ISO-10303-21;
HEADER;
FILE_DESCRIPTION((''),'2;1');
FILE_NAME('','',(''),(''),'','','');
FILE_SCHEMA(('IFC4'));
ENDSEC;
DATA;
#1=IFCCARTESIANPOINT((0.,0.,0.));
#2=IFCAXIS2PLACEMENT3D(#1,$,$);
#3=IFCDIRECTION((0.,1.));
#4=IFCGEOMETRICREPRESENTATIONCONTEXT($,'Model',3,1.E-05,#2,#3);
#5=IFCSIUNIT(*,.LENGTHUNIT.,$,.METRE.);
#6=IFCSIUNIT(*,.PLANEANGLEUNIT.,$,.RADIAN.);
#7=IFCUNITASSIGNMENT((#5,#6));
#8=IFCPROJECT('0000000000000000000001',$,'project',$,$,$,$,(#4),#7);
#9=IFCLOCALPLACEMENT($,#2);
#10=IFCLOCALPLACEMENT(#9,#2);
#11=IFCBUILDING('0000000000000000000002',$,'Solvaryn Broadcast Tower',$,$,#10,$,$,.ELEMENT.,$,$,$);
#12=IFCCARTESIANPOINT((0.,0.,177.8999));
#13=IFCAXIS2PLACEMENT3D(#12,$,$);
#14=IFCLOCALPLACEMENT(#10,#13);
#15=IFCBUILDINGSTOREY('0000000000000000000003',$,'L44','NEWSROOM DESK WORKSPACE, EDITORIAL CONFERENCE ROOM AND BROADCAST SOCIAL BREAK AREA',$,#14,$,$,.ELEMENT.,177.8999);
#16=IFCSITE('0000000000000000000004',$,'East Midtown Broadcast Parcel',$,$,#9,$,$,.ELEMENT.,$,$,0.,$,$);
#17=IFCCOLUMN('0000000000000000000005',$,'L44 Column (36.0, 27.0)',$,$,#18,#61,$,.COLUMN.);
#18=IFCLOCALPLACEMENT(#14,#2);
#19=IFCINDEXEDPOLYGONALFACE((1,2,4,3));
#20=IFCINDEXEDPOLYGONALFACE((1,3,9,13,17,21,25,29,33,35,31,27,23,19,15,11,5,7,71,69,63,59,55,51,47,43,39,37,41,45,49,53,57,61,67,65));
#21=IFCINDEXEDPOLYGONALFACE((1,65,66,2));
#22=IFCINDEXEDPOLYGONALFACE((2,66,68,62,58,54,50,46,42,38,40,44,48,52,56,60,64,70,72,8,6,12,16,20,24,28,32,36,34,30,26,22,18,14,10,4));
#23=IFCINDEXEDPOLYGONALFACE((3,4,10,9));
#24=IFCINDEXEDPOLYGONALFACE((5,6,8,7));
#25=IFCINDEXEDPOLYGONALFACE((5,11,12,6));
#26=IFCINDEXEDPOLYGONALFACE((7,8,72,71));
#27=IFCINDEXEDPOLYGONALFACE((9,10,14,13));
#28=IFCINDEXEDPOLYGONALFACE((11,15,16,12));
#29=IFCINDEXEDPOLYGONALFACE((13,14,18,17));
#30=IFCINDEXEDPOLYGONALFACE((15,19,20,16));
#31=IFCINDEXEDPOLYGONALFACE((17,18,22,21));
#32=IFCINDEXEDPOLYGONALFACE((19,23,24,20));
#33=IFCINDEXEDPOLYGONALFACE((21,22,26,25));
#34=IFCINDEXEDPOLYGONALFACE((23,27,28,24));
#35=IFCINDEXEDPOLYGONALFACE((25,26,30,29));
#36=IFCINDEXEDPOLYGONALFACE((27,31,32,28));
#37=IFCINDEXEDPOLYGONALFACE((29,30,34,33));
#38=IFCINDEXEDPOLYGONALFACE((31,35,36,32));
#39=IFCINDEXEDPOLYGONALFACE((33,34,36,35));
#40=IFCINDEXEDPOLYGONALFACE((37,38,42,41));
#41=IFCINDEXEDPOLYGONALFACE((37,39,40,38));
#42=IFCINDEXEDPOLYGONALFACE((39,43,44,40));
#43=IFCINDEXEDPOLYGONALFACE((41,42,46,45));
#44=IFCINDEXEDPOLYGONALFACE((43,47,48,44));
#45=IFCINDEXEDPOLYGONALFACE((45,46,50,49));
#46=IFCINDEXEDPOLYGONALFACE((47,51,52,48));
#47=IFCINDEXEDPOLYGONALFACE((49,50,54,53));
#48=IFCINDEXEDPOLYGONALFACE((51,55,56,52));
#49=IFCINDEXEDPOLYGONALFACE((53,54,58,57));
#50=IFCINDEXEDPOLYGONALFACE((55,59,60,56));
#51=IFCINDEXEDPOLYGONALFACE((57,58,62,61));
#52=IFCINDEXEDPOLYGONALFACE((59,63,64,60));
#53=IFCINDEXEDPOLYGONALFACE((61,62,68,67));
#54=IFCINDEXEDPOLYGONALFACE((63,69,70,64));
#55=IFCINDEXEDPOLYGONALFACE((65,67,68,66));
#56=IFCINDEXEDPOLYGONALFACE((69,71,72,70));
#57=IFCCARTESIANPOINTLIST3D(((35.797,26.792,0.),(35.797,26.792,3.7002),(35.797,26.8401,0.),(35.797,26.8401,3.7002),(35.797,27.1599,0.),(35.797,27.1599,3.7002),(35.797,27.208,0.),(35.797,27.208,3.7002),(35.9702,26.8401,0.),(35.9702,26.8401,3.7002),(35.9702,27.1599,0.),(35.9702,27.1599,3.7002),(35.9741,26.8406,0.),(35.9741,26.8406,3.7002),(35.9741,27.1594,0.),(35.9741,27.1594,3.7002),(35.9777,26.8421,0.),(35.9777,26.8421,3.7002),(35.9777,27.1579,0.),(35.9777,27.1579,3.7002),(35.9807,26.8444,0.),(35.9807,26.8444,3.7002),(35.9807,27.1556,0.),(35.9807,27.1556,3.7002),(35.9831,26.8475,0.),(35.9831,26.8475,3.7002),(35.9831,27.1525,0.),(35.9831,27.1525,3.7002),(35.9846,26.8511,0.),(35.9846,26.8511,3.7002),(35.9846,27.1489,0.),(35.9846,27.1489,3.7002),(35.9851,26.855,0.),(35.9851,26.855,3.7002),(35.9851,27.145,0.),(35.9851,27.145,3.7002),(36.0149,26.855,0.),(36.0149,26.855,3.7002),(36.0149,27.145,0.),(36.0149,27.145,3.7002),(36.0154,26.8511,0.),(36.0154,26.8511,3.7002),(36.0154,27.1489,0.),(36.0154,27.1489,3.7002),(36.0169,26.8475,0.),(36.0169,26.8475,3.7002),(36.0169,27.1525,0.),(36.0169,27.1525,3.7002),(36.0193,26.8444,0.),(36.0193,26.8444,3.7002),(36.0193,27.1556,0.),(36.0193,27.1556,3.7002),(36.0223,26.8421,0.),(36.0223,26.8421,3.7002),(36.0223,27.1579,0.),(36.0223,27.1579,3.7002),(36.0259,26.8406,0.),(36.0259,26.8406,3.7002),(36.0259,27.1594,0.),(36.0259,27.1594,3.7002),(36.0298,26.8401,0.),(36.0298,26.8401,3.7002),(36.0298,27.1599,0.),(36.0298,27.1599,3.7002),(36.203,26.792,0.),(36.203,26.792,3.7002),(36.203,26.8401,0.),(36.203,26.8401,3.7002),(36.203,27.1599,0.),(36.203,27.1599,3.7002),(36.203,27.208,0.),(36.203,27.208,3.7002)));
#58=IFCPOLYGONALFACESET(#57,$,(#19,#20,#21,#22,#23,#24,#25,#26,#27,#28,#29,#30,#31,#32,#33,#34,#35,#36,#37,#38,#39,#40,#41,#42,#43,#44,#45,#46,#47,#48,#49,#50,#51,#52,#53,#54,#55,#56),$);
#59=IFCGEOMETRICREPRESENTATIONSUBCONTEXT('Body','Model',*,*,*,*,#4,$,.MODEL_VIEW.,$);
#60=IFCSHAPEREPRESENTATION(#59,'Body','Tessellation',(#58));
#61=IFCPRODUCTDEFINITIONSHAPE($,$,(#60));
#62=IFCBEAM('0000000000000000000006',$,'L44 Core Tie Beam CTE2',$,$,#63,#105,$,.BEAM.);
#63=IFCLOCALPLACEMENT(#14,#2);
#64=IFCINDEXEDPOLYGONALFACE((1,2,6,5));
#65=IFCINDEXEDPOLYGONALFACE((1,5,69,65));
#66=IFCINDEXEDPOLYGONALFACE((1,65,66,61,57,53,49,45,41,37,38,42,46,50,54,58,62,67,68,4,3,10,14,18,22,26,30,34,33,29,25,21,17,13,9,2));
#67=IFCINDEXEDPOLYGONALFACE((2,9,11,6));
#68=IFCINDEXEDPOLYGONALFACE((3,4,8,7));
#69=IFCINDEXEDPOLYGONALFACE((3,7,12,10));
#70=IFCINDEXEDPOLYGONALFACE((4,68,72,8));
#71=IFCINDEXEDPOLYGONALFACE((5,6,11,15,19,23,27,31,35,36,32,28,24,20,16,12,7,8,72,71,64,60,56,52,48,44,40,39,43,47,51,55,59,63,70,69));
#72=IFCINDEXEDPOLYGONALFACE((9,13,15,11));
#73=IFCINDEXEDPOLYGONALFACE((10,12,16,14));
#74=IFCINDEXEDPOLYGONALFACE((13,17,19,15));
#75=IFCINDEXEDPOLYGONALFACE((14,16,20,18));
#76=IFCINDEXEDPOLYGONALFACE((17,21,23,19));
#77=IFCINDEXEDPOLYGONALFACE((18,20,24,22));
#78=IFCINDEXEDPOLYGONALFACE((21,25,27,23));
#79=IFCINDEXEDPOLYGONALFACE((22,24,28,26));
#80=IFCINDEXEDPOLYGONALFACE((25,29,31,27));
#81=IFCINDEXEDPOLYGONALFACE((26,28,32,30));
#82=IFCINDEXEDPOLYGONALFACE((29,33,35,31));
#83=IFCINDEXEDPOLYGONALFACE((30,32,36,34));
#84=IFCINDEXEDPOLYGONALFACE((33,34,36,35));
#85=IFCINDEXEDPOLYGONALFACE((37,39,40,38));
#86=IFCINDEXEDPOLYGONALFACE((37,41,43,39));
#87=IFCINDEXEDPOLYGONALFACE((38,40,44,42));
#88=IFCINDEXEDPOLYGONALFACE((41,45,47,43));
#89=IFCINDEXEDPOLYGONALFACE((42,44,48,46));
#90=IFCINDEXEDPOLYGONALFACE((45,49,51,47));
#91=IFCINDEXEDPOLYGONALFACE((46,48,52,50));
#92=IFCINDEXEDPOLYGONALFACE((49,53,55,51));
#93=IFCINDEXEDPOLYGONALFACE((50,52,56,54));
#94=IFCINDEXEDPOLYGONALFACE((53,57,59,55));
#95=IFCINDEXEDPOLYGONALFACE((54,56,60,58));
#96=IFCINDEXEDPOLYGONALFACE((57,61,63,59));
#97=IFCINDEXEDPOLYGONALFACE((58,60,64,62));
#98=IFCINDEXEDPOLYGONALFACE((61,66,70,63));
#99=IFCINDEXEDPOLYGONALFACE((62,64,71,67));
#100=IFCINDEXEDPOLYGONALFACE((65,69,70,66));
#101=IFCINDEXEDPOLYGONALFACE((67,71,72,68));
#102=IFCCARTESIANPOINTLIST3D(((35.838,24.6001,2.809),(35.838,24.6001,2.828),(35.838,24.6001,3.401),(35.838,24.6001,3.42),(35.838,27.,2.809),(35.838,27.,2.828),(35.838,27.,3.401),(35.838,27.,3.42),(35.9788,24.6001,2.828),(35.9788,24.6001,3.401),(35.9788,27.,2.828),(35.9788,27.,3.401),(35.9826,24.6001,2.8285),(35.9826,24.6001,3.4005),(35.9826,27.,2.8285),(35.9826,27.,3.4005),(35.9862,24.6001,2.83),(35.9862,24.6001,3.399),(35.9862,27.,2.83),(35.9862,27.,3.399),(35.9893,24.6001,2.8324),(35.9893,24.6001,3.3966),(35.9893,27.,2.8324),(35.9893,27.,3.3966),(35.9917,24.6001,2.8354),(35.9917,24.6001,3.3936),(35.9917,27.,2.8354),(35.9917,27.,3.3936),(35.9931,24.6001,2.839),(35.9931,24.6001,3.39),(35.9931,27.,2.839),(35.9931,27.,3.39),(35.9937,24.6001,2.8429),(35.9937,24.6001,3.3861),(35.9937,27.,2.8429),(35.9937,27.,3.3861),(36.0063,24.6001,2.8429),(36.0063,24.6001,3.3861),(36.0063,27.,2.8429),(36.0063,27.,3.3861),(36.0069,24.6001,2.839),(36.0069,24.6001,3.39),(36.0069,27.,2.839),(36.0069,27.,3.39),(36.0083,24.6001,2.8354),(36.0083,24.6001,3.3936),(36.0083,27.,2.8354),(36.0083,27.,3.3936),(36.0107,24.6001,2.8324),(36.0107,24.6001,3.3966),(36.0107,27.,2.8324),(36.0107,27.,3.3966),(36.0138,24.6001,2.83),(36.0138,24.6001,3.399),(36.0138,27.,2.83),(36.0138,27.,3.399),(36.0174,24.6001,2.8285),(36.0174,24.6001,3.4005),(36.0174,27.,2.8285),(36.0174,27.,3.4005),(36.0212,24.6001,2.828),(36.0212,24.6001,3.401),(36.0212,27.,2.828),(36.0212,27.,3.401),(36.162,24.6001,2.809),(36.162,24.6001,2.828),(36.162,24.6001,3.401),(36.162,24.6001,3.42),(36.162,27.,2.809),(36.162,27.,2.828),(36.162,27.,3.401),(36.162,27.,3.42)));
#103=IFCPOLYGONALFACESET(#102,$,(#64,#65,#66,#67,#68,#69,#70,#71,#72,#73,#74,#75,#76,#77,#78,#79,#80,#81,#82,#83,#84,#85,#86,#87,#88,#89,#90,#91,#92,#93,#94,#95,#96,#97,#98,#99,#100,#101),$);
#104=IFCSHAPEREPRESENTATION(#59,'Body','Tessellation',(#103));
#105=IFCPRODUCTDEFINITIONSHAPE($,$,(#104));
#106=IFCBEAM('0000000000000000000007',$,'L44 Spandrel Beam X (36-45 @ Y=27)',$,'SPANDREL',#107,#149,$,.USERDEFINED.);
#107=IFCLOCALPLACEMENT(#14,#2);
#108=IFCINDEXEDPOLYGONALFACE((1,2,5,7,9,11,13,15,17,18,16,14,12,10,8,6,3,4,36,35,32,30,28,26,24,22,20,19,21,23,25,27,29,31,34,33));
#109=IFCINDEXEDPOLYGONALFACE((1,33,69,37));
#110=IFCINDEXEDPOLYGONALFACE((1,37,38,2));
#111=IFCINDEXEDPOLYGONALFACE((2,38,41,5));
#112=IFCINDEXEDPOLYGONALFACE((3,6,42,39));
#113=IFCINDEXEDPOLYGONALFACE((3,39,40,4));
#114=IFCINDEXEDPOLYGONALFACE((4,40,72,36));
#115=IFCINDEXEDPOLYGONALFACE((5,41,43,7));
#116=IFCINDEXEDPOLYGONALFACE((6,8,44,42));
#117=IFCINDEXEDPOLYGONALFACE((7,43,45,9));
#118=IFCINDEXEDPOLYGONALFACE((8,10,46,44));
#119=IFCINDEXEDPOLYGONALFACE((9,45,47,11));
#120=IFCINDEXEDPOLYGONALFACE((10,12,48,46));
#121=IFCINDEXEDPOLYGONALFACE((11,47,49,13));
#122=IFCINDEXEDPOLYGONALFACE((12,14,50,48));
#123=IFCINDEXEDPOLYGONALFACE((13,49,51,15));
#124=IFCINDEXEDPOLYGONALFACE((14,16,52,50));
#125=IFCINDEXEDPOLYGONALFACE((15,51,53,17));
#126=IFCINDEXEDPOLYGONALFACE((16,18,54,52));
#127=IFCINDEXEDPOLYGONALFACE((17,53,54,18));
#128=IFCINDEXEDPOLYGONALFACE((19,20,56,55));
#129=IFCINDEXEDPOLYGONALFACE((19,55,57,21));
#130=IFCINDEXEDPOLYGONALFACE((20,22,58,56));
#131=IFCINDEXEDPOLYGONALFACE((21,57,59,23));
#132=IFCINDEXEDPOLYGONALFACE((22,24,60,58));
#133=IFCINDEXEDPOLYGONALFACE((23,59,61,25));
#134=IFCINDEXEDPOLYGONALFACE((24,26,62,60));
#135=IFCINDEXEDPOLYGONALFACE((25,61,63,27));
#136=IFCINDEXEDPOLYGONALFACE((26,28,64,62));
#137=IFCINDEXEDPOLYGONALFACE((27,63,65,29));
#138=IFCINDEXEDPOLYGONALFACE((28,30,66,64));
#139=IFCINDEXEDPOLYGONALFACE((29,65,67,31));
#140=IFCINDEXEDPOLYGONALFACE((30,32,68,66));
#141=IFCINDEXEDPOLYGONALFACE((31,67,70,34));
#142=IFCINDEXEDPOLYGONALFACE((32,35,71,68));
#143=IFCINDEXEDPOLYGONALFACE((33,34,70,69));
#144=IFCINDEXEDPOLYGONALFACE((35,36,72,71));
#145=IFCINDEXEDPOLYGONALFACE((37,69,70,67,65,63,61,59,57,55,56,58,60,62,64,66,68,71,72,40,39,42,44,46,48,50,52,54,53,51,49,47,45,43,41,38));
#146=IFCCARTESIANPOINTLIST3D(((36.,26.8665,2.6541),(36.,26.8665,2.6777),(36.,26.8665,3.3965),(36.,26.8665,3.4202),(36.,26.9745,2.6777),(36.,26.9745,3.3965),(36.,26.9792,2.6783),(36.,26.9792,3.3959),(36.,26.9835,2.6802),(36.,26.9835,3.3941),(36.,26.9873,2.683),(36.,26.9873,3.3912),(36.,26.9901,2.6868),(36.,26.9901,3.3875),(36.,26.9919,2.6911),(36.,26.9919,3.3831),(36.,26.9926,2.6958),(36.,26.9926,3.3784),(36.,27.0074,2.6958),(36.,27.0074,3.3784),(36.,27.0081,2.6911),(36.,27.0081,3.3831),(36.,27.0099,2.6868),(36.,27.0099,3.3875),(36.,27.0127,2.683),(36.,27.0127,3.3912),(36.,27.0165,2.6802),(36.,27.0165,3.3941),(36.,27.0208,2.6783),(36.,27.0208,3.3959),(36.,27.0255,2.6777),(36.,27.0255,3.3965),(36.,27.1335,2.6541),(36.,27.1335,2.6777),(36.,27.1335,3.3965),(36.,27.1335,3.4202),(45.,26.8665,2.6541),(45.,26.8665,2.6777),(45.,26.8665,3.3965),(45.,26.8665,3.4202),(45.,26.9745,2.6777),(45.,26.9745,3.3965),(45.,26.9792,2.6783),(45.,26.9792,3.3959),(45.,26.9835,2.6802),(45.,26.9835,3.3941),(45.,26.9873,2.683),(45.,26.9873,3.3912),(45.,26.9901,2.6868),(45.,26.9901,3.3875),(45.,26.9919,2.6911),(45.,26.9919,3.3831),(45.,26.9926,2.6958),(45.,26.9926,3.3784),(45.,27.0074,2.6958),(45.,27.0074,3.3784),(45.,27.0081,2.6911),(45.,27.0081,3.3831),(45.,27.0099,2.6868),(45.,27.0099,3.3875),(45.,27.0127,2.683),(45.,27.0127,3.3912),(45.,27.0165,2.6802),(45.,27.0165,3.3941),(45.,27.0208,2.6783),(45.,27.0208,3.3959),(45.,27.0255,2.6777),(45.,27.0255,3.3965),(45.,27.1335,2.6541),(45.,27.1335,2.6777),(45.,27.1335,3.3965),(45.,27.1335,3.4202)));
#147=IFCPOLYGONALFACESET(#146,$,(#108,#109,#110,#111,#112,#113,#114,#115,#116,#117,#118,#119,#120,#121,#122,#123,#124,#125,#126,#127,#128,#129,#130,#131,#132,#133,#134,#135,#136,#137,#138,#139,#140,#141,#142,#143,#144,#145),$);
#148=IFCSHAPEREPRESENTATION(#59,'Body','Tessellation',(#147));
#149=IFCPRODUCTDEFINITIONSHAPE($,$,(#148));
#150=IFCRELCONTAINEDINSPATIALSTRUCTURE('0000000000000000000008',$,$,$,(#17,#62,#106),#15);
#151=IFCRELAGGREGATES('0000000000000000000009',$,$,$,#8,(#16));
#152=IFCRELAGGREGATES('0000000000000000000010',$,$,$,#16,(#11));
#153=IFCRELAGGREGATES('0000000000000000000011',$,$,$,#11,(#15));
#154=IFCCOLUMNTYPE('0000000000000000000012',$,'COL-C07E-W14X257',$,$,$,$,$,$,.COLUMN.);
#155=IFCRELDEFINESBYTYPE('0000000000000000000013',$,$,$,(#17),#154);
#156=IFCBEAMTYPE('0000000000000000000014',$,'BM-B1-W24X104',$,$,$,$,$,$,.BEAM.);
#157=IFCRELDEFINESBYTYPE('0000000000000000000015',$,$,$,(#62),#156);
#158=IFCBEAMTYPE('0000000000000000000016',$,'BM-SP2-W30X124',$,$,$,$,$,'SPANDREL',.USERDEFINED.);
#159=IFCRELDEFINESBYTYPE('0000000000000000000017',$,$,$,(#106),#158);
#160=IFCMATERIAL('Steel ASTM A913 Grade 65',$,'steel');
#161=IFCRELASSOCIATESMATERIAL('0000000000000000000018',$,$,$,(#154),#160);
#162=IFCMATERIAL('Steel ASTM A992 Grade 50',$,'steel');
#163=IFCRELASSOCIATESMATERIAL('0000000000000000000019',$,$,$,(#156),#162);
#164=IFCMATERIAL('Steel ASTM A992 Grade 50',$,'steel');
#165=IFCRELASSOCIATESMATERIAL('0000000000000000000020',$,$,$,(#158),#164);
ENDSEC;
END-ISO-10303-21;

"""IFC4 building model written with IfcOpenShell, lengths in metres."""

from ifc_helpers import new_model, si_unit, direction, frame, origin, origin_2d, place, context, subcontext, project, spatial, i_section, extrude, material, material_profile, profile_set, type_object, element, save


model = new_model("IFC4")

# Units and contexts
model_context = context("Model", 3, precision=1e-05, world=origin(), true_north=direction((0.0, 1.0)))
body_context = subcontext(model_context, "Body", "Model", "MODEL_VIEW")
ifc_project = project(units=[si_unit("LENGTHUNIT", "METRE"), si_unit("PLANEANGLEUNIT", "RADIAN")], contexts=[model_context])

# Site, building, storey
site_placement = place(None, origin())
site = spatial("IfcSite", under=ifc_project, at=site_placement, Name="East Midtown Broadcast Parcel", CompositionType="ELEMENT", RefElevation=0.0)
building_placement = place(site_placement, origin())
building = spatial("IfcBuilding", under=site, at=building_placement, Name="Solvaryn Broadcast Tower", CompositionType="ELEMENT")
storey_placement = place(building_placement, frame((0.0, 0.0, 177.8999)))
storey = spatial("IfcBuildingStorey", under=building, at=storey_placement, Name="L44", Description="NEWSROOM DESK WORKSPACE, EDITORIAL CONFERENCE ROOM AND BROADCAST SOCIAL BREAK AREA", CompositionType="ELEMENT", Elevation=177.8999)

# Column
ifc_material_1 = material(Name="Steel ASTM A913 Grade 65", Category="steel")
ifc_material_profile_1 = material_profile(ifc_material_1, i_section(OverallWidth=0.406, OverallDepth=0.416, WebThickness=0.0298, FlangeThickness=0.0481, FilletRadius=0.0149, at=origin_2d()))
ifc_profile_set_1 = profile_set([ifc_material_profile_1], Name="Steel ASTM A913 Grade 65")
column_type = type_object("IfcColumnType", Name="COL-C07E-W14X257", PredefinedType="COLUMN", material=ifc_profile_set_1)
column_placement = place(storey_placement, frame((36.0, 27.0, 0.0), z_axis=(0.0, 0.0, 1.0), x_axis=(1.0, 0.0, 0.0)))
element("IfcColumn", 1, at=column_placement, inside=storey, type_object=column_type, Name="L44 Column (36.0, 27.0)", PredefinedType="COLUMN", context=body_context, shape_type="SweptSolid", body=[
    extrude(i_section(OverallWidth=0.406, OverallDepth=0.416, WebThickness=0.0298, FlangeThickness=0.0481, FilletRadius=0.0149, at=origin_2d()), origin(), (0.0, 0.0, 1.0), 3.7002),
])

# Beams
ifc_material_2 = material(Name="Steel ASTM A992 Grade 50", Category="steel")
ifc_material_profile_2 = material_profile(ifc_material_2, i_section(OverallWidth=0.324, OverallDepth=0.6111, WebThickness=0.0127, FlangeThickness=0.019, FilletRadius=0.0149, at=origin_2d()))
ifc_profile_set_2 = profile_set([ifc_material_profile_2], Name="Steel ASTM A992 Grade 50")
beam_type_1 = type_object("IfcBeamType", Name="BM-B1-W24X104", PredefinedType="BEAM", material=ifc_profile_set_2)
beam_1_placement = place(storey_placement, frame((36.0, 24.6001, 3.1145), z_axis=(0.0, 1.0, 0.0), x_axis=(-1.0, 0.0, 0.0)))
element("IfcBeam", 2, at=beam_1_placement, inside=storey, type_object=beam_type_1, Name="L44 Core Tie Beam CTE2", PredefinedType="BEAM", context=body_context, shape_type="SweptSolid", body=[
    extrude(i_section(OverallWidth=0.324, OverallDepth=0.6111, WebThickness=0.0127, FlangeThickness=0.019, FilletRadius=0.0149, at=origin_2d()), origin(), (0.0, 0.0, 1.0), 2.3999),
])
ifc_material_3 = material(Name="Steel ASTM A992 Grade 50", Category="steel")
ifc_material_profile_3 = material_profile(ifc_material_3, i_section(OverallWidth=0.2671, OverallDepth=0.7661, WebThickness=0.0149, FlangeThickness=0.0237, FilletRadius=0.0181, at=origin_2d()))
ifc_profile_set_3 = profile_set([ifc_material_profile_3], Name="Steel ASTM A992 Grade 50")
beam_type_2 = type_object("IfcBeamType", Name="BM-SP2-W30X124", ElementType="SPANDREL", PredefinedType="USERDEFINED", material=ifc_profile_set_3)
beam_2_placement = place(storey_placement, frame((36.0, 27.0, 3.0371), z_axis=(1.0, 0.0, 0.0), x_axis=(0.0, 1.0, 0.0)))
element("IfcBeam", 3, at=beam_2_placement, inside=storey, type_object=beam_type_2, Name="L44 Spandrel Beam X (36-45 @ Y=27)", ObjectType="SPANDREL", PredefinedType="USERDEFINED", context=body_context, shape_type="SweptSolid", body=[
    extrude(i_section(OverallWidth=0.2671, OverallDepth=0.7661, WebThickness=0.0149, FlangeThickness=0.0237, FilletRadius=0.0181, at=origin_2d()), origin(), (0.0, 0.0, 1.0), 9.0),
])

save(model, "model.ifc")
